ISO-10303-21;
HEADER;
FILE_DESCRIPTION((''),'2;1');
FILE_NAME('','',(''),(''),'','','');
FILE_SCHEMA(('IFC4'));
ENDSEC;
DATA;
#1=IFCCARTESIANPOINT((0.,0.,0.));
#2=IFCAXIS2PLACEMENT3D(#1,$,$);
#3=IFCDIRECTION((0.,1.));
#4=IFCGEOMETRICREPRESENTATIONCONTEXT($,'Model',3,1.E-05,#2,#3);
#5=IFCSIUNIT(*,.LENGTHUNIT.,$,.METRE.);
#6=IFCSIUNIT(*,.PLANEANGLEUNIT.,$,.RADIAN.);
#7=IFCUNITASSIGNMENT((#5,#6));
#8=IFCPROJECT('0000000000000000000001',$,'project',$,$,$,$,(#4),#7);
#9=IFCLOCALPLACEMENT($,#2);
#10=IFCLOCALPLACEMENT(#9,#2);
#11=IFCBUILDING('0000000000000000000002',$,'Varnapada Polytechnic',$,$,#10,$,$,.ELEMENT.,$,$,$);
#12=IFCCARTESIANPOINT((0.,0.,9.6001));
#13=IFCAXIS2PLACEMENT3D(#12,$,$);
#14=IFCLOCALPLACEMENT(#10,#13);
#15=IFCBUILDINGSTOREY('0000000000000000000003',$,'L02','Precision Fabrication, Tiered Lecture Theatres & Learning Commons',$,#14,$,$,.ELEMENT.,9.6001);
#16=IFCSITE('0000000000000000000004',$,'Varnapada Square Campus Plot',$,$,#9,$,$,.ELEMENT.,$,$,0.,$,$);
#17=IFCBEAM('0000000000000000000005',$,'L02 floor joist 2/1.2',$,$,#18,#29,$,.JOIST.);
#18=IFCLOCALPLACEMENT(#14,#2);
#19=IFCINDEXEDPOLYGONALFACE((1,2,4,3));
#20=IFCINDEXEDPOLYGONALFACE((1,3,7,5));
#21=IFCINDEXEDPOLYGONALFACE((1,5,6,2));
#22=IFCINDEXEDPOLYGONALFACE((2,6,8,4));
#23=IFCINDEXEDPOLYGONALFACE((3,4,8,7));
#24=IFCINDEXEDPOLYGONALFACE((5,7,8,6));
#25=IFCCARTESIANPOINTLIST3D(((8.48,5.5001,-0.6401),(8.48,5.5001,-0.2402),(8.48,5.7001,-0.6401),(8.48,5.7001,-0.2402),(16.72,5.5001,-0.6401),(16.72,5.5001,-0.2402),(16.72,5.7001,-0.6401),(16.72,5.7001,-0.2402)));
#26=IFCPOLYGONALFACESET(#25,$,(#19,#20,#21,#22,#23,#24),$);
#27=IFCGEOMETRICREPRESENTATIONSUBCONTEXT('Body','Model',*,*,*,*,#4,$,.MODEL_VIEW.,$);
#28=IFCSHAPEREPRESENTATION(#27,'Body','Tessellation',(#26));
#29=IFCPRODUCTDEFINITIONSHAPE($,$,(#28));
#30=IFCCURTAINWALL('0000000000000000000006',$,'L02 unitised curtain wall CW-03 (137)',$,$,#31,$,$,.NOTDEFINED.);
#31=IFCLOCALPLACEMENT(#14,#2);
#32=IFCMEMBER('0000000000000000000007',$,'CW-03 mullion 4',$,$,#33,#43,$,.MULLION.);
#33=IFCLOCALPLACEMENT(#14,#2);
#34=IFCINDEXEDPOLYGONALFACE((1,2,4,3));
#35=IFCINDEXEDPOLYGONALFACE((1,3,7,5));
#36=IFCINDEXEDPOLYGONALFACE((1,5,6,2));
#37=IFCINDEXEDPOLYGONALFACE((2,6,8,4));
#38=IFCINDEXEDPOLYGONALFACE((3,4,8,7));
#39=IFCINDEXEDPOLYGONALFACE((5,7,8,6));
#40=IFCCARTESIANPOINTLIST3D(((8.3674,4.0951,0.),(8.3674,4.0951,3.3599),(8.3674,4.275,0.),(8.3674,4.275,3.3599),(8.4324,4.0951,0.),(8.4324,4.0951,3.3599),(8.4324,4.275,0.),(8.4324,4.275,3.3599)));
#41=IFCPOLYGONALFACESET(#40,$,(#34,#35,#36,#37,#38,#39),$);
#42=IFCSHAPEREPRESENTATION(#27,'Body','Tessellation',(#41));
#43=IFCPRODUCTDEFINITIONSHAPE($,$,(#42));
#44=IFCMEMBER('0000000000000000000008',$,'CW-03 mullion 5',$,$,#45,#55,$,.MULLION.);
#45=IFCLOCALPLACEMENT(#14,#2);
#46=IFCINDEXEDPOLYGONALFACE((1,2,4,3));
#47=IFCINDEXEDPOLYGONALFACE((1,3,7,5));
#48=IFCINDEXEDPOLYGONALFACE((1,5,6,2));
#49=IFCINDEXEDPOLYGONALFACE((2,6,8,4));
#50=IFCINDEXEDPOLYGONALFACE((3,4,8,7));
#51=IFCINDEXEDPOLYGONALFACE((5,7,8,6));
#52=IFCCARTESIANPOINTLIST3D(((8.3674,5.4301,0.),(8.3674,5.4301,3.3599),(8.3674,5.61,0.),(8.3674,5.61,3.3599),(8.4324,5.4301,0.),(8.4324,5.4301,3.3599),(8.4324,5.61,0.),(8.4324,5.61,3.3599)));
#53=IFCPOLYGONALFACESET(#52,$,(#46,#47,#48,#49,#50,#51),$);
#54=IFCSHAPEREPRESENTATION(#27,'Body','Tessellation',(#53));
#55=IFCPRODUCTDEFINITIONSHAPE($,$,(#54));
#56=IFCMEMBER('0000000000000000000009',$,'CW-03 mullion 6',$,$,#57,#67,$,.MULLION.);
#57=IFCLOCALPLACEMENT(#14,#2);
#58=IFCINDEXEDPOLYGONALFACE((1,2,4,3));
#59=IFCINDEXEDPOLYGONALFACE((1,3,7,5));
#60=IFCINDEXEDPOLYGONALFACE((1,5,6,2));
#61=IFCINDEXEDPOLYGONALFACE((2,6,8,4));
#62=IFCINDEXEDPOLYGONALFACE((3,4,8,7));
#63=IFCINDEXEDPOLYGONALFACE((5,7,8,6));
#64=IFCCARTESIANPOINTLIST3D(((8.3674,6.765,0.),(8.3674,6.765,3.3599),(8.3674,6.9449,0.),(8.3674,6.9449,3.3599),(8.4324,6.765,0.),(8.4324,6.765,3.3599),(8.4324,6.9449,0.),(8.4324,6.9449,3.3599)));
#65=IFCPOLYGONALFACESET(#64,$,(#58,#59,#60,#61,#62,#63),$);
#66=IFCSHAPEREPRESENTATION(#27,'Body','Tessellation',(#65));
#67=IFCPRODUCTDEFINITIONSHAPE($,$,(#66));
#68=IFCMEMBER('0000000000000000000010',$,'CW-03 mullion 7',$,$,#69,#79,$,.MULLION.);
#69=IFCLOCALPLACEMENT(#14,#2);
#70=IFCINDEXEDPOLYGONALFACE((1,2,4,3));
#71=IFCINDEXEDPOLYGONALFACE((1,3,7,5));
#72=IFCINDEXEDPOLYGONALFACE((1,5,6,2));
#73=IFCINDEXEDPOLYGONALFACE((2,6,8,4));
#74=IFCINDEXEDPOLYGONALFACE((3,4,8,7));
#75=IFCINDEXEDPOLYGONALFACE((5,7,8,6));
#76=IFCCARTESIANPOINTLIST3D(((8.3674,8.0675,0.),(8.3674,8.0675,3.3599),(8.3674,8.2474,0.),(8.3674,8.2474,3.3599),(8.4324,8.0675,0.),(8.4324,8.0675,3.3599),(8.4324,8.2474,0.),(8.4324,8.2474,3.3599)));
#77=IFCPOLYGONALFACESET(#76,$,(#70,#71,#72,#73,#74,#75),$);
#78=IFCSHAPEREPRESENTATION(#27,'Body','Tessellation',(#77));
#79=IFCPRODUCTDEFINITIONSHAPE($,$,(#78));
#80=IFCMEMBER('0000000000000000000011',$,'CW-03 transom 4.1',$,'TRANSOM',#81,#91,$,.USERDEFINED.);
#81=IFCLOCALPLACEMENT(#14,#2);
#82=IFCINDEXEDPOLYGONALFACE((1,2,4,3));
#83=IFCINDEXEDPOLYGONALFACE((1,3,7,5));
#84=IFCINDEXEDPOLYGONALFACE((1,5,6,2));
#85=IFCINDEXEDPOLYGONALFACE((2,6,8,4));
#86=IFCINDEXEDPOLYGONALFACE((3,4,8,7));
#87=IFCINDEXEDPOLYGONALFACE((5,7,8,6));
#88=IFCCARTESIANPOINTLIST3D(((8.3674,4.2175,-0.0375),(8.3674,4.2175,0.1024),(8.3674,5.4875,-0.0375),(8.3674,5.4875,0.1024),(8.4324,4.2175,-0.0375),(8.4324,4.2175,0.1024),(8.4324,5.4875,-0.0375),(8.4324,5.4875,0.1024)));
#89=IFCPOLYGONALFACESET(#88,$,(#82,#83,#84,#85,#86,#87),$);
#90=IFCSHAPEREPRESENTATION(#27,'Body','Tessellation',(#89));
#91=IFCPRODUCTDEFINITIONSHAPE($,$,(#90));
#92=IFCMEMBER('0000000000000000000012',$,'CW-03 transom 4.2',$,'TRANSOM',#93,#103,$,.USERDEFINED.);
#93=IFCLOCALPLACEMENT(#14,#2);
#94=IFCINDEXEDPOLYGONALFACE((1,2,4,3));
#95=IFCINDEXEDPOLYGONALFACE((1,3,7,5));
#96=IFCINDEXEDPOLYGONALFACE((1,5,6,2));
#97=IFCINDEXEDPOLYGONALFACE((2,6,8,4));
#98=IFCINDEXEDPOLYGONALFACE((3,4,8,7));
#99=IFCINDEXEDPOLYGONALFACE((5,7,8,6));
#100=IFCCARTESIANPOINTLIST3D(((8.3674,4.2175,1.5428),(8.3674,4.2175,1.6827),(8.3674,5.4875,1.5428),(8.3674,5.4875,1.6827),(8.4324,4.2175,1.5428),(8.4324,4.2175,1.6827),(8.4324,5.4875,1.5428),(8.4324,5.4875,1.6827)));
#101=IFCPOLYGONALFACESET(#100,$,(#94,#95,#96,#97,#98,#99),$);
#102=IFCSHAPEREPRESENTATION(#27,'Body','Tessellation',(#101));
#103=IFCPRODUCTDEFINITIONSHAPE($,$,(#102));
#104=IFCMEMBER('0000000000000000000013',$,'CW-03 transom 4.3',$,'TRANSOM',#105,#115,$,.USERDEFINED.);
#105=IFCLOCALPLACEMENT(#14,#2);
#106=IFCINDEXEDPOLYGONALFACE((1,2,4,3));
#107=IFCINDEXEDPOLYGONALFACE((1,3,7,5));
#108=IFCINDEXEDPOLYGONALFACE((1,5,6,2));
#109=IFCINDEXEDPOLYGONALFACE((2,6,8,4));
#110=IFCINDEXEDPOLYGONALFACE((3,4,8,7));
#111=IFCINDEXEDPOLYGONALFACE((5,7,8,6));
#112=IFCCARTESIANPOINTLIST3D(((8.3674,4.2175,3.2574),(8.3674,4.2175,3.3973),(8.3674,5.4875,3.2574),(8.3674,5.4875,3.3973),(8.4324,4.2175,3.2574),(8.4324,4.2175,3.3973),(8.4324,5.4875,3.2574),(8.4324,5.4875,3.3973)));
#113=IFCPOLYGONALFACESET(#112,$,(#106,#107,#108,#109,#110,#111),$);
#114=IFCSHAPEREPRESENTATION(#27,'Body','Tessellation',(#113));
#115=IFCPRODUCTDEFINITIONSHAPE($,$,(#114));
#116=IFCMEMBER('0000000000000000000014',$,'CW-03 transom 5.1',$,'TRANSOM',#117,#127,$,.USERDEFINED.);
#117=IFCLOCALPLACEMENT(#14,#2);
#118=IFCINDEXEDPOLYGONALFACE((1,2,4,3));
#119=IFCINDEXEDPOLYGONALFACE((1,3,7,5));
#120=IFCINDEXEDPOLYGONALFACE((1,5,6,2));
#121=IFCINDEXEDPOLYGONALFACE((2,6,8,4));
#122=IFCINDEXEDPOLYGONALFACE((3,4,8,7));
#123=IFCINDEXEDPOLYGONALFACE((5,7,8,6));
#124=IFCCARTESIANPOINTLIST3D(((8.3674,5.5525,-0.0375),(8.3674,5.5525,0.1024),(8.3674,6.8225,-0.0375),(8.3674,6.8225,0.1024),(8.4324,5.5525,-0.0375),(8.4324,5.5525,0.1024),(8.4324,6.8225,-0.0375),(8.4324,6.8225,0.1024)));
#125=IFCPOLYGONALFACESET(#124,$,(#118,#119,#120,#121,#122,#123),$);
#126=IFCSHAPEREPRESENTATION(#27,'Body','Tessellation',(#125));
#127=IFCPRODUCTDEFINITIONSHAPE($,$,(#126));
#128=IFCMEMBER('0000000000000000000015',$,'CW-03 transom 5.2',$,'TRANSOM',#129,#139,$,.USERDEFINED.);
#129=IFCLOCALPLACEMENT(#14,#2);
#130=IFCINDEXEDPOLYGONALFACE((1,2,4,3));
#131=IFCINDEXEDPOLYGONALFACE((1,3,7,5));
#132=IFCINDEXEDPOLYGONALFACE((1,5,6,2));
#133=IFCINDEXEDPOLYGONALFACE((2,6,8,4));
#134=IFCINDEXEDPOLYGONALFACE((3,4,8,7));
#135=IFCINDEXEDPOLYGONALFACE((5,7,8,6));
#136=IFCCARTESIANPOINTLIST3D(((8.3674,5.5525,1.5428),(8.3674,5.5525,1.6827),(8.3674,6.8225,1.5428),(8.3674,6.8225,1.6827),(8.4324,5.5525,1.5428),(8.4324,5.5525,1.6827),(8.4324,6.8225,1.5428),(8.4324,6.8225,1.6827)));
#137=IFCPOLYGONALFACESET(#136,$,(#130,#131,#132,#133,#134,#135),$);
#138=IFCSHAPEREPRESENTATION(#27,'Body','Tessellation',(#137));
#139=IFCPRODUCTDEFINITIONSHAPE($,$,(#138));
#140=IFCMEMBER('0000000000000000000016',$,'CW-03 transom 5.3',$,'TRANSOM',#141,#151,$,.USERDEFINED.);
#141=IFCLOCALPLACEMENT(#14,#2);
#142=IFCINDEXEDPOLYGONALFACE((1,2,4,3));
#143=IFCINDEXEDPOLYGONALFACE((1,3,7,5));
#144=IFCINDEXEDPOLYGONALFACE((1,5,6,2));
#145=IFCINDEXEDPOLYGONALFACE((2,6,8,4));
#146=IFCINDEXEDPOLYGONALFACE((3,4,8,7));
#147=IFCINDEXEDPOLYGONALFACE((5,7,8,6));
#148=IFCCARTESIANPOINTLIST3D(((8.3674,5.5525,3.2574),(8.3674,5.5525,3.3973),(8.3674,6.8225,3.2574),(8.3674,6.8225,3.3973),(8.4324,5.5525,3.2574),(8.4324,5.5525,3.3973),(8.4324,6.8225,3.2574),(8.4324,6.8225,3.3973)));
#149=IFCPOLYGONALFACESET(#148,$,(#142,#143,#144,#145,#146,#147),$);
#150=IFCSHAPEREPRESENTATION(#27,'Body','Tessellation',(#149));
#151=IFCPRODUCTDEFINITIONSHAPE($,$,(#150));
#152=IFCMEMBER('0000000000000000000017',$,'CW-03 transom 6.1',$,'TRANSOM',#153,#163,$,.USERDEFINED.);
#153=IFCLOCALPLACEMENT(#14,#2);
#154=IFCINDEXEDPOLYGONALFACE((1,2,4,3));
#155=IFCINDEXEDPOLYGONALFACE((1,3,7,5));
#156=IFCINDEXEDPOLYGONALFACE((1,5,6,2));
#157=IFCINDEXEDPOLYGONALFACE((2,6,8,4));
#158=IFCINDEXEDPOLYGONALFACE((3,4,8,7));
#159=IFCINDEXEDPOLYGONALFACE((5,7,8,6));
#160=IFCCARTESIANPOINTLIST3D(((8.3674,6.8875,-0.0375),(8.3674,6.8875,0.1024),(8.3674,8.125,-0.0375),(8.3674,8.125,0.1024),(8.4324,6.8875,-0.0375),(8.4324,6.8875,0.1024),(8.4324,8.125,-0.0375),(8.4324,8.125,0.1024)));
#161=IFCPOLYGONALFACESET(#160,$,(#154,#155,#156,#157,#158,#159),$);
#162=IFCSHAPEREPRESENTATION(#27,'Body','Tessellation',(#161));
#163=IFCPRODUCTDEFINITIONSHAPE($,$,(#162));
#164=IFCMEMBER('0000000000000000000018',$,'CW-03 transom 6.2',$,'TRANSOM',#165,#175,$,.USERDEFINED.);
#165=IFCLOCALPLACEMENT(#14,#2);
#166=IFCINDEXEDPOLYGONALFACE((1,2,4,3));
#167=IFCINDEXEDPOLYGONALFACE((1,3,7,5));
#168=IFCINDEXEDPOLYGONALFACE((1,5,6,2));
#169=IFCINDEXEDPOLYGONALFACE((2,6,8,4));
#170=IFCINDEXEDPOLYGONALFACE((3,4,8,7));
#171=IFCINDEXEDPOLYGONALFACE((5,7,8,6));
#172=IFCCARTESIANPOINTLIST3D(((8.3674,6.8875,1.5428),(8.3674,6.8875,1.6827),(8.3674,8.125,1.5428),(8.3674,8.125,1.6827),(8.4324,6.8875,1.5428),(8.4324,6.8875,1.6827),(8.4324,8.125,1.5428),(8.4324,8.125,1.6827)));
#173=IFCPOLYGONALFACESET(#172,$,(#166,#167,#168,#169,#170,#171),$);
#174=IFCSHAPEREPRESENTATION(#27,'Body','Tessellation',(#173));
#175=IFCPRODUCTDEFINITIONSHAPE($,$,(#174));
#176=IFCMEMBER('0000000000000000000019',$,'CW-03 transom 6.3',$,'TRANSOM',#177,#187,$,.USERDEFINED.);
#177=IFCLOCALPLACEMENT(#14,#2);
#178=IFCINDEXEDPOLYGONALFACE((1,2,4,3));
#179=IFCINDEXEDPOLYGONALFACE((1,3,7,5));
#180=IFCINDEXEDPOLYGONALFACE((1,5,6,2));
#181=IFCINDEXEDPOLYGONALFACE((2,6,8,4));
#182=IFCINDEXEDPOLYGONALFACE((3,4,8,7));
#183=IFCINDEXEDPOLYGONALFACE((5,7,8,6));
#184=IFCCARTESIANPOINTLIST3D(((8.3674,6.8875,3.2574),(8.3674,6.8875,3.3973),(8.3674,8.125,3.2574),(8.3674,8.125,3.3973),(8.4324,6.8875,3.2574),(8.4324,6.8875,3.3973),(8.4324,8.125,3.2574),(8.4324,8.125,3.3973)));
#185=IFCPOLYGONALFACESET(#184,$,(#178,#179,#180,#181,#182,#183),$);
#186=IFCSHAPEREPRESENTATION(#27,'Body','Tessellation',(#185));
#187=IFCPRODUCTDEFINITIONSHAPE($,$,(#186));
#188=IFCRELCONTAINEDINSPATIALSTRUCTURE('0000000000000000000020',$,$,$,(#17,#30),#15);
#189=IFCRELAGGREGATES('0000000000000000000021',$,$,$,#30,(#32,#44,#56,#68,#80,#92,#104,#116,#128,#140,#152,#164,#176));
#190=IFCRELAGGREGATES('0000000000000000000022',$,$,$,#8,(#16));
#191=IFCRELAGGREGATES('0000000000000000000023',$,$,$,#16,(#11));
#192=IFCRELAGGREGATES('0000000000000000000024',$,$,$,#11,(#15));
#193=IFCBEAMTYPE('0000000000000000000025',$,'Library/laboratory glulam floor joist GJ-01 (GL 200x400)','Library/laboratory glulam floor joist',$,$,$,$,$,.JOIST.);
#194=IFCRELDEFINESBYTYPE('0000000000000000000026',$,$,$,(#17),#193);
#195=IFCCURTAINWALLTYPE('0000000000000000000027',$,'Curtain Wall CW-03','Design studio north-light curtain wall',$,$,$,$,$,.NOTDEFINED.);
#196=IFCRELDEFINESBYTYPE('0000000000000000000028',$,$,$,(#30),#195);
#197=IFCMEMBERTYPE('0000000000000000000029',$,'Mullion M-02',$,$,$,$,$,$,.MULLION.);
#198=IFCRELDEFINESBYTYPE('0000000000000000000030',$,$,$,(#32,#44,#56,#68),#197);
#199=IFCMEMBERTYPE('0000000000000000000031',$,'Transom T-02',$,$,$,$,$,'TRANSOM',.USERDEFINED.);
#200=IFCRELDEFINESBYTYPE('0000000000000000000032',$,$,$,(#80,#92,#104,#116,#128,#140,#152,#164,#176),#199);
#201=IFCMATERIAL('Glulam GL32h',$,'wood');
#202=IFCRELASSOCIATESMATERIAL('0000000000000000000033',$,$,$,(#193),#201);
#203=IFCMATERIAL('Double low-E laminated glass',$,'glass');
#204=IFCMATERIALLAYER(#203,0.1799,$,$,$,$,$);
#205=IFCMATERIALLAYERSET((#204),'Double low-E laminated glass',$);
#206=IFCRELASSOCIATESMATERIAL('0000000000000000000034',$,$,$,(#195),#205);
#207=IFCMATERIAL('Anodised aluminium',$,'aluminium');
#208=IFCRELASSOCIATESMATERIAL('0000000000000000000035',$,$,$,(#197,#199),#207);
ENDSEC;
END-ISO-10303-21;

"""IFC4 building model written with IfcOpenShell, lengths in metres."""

from ifc_helpers import new_model, si_unit, direction, frame, origin, origin_2d, place, context, subcontext, project, spatial, rectangle, extrude, material, layer, layer_set, material_profile, profile_set, type_object, element, aggregate, save


model = new_model("IFC4")

# Units and contexts
model_context = context("Model", 3, precision=1e-05, world=origin(), true_north=direction((0.0, 1.0)))
body_context = subcontext(model_context, "Body", "Model", "MODEL_VIEW")
ifc_project = project(units=[si_unit("LENGTHUNIT", "METRE"), si_unit("PLANEANGLEUNIT", "RADIAN")], contexts=[model_context])

# Site, building, storey
site_placement = place(None, origin())
site = spatial("IfcSite", under=ifc_project, at=site_placement, Name="Varnapada Square Campus Plot", CompositionType="ELEMENT", RefElevation=0.0)
building_placement = place(site_placement, origin())
building = spatial("IfcBuilding", under=site, at=building_placement, Name="Varnapada Polytechnic", CompositionType="ELEMENT")
storey_placement = place(building_placement, frame((0.0, 0.0, 9.6001)))
storey = spatial("IfcBuildingStorey", under=building, at=storey_placement, Name="L02", Description="Precision Fabrication, Tiered Lecture Theatres & Learning Commons", CompositionType="ELEMENT", Elevation=9.6001)

# Beam
ifc_material_1 = material(Name="Glulam GL32h", Category="wood")
ifc_material_profile_1 = material_profile(ifc_material_1, rectangle(XDim=0.2, YDim=0.3999, at=origin_2d()), Name="GL 200x400")
ifc_profile_set_1 = profile_set([ifc_material_profile_1], Name="Glulam GL32h")
beam_type = type_object("IfcBeamType", Name="Library/laboratory glulam floor joist GJ-01 (GL 200x400)", Description="Library/laboratory glulam floor joist", PredefinedType="JOIST", material=ifc_profile_set_1)
beam_placement = place(storey_placement, frame((8.48, 5.6001, -0.4402), z_axis=(1.0, 0.0, 0.0), x_axis=(0.0, 1.0, 0.0)))
element("IfcBeam", 1, at=beam_placement, inside=storey, type_object=beam_type, Name="L02 floor joist 2/1.2", PredefinedType="JOIST", context=body_context, shape_type="SweptSolid", body=[
    extrude(rectangle(XDim=0.2, YDim=0.3999, at=origin_2d()), origin(), (0.0, 0.0, 1.0), 8.24),
])

# Curtain wall, members
ifc_material_2 = material(Name="Double low-E laminated glass", Category="glass")
ifc_layer_1 = layer(ifc_material_2, 0.1799)
ifc_layer_set_1 = layer_set([ifc_layer_1], Name="Double low-E laminated glass")
curtain_wall_type = type_object("IfcCurtainWallType", Name="Curtain Wall CW-03", Description="Design studio north-light curtain wall", PredefinedType="NOTDEFINED", material=ifc_layer_set_1)
curtain_wall_placement = place(storey_placement, origin())
curtain_wall = element("IfcCurtainWall", 2, at=curtain_wall_placement, inside=storey, type_object=curtain_wall_type, Name="L02 unitised curtain wall CW-03 (137)", PredefinedType="NOTDEFINED")
ifc_material_3 = material(Name="Anodised aluminium", Category="aluminium")
ifc_material_profile_2 = material_profile(ifc_material_3, rectangle(XDim=0.0649, YDim=0.1799, at=origin_2d()), Name="ALU M65x180")
ifc_profile_set_2 = profile_set([ifc_material_profile_2], Name="Anodised aluminium")
member_type_1 = type_object("IfcMemberType", Name="Mullion M-02", PredefinedType="MULLION", material=ifc_profile_set_2)
member_1_placement = place(storey_placement, frame((8.3999, 4.1851, 0.0), z_axis=(0.0, 0.0, 1.0), x_axis=(-1.0, 0.0, 0.0)))
member_1 = element("IfcMember", 3, at=member_1_placement, type_object=member_type_1, Name="CW-03 mullion 4", PredefinedType="MULLION", context=body_context, shape_type="SweptSolid", body=[
    extrude(rectangle(XDim=0.0649, YDim=0.1799, at=origin_2d()), origin(), (0.0, 0.0, 1.0), 3.3599),
])
member_2_placement = place(storey_placement, frame((8.3999, 5.52, 0.0), z_axis=(0.0, 0.0, 1.0), x_axis=(-1.0, 0.0, 0.0)))
member_2 = element("IfcMember", 4, at=member_2_placement, type_object=member_type_1, Name="CW-03 mullion 5", PredefinedType="MULLION", context=body_context, shape_type="SweptSolid", body=[
    extrude(rectangle(XDim=0.0649, YDim=0.1799, at=origin_2d()), origin(), (0.0, 0.0, 1.0), 3.3599),
])
member_3_placement = place(storey_placement, frame((8.3999, 6.855, 0.0), z_axis=(0.0, 0.0, 1.0), x_axis=(-1.0, 0.0, 0.0)))
member_3 = element("IfcMember", 5, at=member_3_placement, type_object=member_type_1, Name="CW-03 mullion 6", PredefinedType="MULLION", context=body_context, shape_type="SweptSolid", body=[
    extrude(rectangle(XDim=0.0649, YDim=0.1799, at=origin_2d()), origin(), (0.0, 0.0, 1.0), 3.3599),
])
member_4_placement = place(storey_placement, frame((8.3999, 8.1575, 0.0), z_axis=(0.0, 0.0, 1.0), x_axis=(-1.0, 0.0, 0.0)))
member_4 = element("IfcMember", 6, at=member_4_placement, type_object=member_type_1, Name="CW-03 mullion 7", PredefinedType="MULLION", context=body_context, shape_type="SweptSolid", body=[
    extrude(rectangle(XDim=0.0649, YDim=0.1799, at=origin_2d()), origin(), (0.0, 0.0, 1.0), 3.3599),
])
ifc_material_profile_3 = material_profile(ifc_material_3, rectangle(XDim=0.0649, YDim=0.1399, at=origin_2d()), Name="ALU T65x140")
ifc_profile_set_3 = profile_set([ifc_material_profile_3], Name="Anodised aluminium")
member_type_2 = type_object("IfcMemberType", Name="Transom T-02", ElementType="TRANSOM", PredefinedType="USERDEFINED", material=ifc_profile_set_3)
member_5_placement = place(storey_placement, frame((8.3999, 4.2175, 0.0325), z_axis=(0.0, 1.0, 0.0), x_axis=(-1.0, 0.0, 0.0)))
member_5 = element("IfcMember", 7, at=member_5_placement, type_object=member_type_2, Name="CW-03 transom 4.1", ObjectType="TRANSOM", PredefinedType="USERDEFINED", context=body_context, shape_type="SweptSolid", body=[
    extrude(rectangle(XDim=0.0649, YDim=0.1399, at=origin_2d()), origin(), (0.0, 0.0, 1.0), 1.27),
])
member_6_placement = place(storey_placement, frame((8.3999, 4.2175, 1.6128), z_axis=(0.0, 1.0, 0.0), x_axis=(-1.0, 0.0, 0.0)))
member_6 = element("IfcMember", 8, at=member_6_placement, type_object=member_type_2, Name="CW-03 transom 4.2", ObjectType="TRANSOM", PredefinedType="USERDEFINED", context=body_context, shape_type="SweptSolid", body=[
    extrude(rectangle(XDim=0.0649, YDim=0.1399, at=origin_2d()), origin(), (0.0, 0.0, 1.0), 1.27),
])
member_7_placement = place(storey_placement, frame((8.3999, 4.2175, 3.3274), z_axis=(0.0, 1.0, 0.0), x_axis=(-1.0, 0.0, 0.0)))
member_7 = element("IfcMember", 9, at=member_7_placement, type_object=member_type_2, Name="CW-03 transom 4.3", ObjectType="TRANSOM", PredefinedType="USERDEFINED", context=body_context, shape_type="SweptSolid", body=[
    extrude(rectangle(XDim=0.0649, YDim=0.1399, at=origin_2d()), origin(), (0.0, 0.0, 1.0), 1.27),
])
member_8_placement = place(storey_placement, frame((8.3999, 5.5525, 0.0325), z_axis=(0.0, 1.0, 0.0), x_axis=(-1.0, 0.0, 0.0)))
member_8 = element("IfcMember", 10, at=member_8_placement, type_object=member_type_2, Name="CW-03 transom 5.1", ObjectType="TRANSOM", PredefinedType="USERDEFINED", context=body_context, shape_type="SweptSolid", body=[
    extrude(rectangle(XDim=0.0649, YDim=0.1399, at=origin_2d()), origin(), (0.0, 0.0, 1.0), 1.27),
])
member_9_placement = place(storey_placement, frame((8.3999, 5.5525, 1.6128), z_axis=(0.0, 1.0, 0.0), x_axis=(-1.0, 0.0, 0.0)))
member_9 = element("IfcMember", 11, at=member_9_placement, type_object=member_type_2, Name="CW-03 transom 5.2", ObjectType="TRANSOM", PredefinedType="USERDEFINED", context=body_context, shape_type="SweptSolid", body=[
    extrude(rectangle(XDim=0.0649, YDim=0.1399, at=origin_2d()), origin(), (0.0, 0.0, 1.0), 1.27),
])
member_10_placement = place(storey_placement, frame((8.3999, 5.5525, 3.3274), z_axis=(0.0, 1.0, 0.0), x_axis=(-1.0, 0.0, 0.0)))
member_10 = element("IfcMember", 12, at=member_10_placement, type_object=member_type_2, Name="CW-03 transom 5.3", ObjectType="TRANSOM", PredefinedType="USERDEFINED", context=body_context, shape_type="SweptSolid", body=[
    extrude(rectangle(XDim=0.0649, YDim=0.1399, at=origin_2d()), origin(), (0.0, 0.0, 1.0), 1.27),
])
member_11_placement = place(storey_placement, frame((8.3999, 6.8875, 0.0325), z_axis=(0.0, 1.0, 0.0), x_axis=(-1.0, 0.0, 0.0)))
member_11 = element("IfcMember", 13, at=member_11_placement, type_object=member_type_2, Name="CW-03 transom 6.1", ObjectType="TRANSOM", PredefinedType="USERDEFINED", context=body_context, shape_type="SweptSolid", body=[
    extrude(rectangle(XDim=0.0649, YDim=0.1399, at=origin_2d()), origin(), (0.0, 0.0, 1.0), 1.2375),
])
member_12_placement = place(storey_placement, frame((8.3999, 6.8875, 1.6128), z_axis=(0.0, 1.0, 0.0), x_axis=(-1.0, 0.0, 0.0)))
member_12 = element("IfcMember", 14, at=member_12_placement, type_object=member_type_2, Name="CW-03 transom 6.2", ObjectType="TRANSOM", PredefinedType="USERDEFINED", context=body_context, shape_type="SweptSolid", body=[
    extrude(rectangle(XDim=0.0649, YDim=0.1399, at=origin_2d()), origin(), (0.0, 0.0, 1.0), 1.2375),
])
member_13_placement = place(storey_placement, frame((8.3999, 6.8875, 3.3274), z_axis=(0.0, 1.0, 0.0), x_axis=(-1.0, 0.0, 0.0)))
member_13 = element("IfcMember", 15, at=member_13_placement, type_object=member_type_2, Name="CW-03 transom 6.3", ObjectType="TRANSOM", PredefinedType="USERDEFINED", context=body_context, shape_type="SweptSolid", body=[
    extrude(rectangle(XDim=0.0649, YDim=0.1399, at=origin_2d()), origin(), (0.0, 0.0, 1.0), 1.2375),
])
aggregate(curtain_wall, [member_1, member_2, member_3, member_4, member_5, member_6, member_7, member_8, member_9, member_10, member_11, member_12, member_13])

save(model, "model.ifc")
